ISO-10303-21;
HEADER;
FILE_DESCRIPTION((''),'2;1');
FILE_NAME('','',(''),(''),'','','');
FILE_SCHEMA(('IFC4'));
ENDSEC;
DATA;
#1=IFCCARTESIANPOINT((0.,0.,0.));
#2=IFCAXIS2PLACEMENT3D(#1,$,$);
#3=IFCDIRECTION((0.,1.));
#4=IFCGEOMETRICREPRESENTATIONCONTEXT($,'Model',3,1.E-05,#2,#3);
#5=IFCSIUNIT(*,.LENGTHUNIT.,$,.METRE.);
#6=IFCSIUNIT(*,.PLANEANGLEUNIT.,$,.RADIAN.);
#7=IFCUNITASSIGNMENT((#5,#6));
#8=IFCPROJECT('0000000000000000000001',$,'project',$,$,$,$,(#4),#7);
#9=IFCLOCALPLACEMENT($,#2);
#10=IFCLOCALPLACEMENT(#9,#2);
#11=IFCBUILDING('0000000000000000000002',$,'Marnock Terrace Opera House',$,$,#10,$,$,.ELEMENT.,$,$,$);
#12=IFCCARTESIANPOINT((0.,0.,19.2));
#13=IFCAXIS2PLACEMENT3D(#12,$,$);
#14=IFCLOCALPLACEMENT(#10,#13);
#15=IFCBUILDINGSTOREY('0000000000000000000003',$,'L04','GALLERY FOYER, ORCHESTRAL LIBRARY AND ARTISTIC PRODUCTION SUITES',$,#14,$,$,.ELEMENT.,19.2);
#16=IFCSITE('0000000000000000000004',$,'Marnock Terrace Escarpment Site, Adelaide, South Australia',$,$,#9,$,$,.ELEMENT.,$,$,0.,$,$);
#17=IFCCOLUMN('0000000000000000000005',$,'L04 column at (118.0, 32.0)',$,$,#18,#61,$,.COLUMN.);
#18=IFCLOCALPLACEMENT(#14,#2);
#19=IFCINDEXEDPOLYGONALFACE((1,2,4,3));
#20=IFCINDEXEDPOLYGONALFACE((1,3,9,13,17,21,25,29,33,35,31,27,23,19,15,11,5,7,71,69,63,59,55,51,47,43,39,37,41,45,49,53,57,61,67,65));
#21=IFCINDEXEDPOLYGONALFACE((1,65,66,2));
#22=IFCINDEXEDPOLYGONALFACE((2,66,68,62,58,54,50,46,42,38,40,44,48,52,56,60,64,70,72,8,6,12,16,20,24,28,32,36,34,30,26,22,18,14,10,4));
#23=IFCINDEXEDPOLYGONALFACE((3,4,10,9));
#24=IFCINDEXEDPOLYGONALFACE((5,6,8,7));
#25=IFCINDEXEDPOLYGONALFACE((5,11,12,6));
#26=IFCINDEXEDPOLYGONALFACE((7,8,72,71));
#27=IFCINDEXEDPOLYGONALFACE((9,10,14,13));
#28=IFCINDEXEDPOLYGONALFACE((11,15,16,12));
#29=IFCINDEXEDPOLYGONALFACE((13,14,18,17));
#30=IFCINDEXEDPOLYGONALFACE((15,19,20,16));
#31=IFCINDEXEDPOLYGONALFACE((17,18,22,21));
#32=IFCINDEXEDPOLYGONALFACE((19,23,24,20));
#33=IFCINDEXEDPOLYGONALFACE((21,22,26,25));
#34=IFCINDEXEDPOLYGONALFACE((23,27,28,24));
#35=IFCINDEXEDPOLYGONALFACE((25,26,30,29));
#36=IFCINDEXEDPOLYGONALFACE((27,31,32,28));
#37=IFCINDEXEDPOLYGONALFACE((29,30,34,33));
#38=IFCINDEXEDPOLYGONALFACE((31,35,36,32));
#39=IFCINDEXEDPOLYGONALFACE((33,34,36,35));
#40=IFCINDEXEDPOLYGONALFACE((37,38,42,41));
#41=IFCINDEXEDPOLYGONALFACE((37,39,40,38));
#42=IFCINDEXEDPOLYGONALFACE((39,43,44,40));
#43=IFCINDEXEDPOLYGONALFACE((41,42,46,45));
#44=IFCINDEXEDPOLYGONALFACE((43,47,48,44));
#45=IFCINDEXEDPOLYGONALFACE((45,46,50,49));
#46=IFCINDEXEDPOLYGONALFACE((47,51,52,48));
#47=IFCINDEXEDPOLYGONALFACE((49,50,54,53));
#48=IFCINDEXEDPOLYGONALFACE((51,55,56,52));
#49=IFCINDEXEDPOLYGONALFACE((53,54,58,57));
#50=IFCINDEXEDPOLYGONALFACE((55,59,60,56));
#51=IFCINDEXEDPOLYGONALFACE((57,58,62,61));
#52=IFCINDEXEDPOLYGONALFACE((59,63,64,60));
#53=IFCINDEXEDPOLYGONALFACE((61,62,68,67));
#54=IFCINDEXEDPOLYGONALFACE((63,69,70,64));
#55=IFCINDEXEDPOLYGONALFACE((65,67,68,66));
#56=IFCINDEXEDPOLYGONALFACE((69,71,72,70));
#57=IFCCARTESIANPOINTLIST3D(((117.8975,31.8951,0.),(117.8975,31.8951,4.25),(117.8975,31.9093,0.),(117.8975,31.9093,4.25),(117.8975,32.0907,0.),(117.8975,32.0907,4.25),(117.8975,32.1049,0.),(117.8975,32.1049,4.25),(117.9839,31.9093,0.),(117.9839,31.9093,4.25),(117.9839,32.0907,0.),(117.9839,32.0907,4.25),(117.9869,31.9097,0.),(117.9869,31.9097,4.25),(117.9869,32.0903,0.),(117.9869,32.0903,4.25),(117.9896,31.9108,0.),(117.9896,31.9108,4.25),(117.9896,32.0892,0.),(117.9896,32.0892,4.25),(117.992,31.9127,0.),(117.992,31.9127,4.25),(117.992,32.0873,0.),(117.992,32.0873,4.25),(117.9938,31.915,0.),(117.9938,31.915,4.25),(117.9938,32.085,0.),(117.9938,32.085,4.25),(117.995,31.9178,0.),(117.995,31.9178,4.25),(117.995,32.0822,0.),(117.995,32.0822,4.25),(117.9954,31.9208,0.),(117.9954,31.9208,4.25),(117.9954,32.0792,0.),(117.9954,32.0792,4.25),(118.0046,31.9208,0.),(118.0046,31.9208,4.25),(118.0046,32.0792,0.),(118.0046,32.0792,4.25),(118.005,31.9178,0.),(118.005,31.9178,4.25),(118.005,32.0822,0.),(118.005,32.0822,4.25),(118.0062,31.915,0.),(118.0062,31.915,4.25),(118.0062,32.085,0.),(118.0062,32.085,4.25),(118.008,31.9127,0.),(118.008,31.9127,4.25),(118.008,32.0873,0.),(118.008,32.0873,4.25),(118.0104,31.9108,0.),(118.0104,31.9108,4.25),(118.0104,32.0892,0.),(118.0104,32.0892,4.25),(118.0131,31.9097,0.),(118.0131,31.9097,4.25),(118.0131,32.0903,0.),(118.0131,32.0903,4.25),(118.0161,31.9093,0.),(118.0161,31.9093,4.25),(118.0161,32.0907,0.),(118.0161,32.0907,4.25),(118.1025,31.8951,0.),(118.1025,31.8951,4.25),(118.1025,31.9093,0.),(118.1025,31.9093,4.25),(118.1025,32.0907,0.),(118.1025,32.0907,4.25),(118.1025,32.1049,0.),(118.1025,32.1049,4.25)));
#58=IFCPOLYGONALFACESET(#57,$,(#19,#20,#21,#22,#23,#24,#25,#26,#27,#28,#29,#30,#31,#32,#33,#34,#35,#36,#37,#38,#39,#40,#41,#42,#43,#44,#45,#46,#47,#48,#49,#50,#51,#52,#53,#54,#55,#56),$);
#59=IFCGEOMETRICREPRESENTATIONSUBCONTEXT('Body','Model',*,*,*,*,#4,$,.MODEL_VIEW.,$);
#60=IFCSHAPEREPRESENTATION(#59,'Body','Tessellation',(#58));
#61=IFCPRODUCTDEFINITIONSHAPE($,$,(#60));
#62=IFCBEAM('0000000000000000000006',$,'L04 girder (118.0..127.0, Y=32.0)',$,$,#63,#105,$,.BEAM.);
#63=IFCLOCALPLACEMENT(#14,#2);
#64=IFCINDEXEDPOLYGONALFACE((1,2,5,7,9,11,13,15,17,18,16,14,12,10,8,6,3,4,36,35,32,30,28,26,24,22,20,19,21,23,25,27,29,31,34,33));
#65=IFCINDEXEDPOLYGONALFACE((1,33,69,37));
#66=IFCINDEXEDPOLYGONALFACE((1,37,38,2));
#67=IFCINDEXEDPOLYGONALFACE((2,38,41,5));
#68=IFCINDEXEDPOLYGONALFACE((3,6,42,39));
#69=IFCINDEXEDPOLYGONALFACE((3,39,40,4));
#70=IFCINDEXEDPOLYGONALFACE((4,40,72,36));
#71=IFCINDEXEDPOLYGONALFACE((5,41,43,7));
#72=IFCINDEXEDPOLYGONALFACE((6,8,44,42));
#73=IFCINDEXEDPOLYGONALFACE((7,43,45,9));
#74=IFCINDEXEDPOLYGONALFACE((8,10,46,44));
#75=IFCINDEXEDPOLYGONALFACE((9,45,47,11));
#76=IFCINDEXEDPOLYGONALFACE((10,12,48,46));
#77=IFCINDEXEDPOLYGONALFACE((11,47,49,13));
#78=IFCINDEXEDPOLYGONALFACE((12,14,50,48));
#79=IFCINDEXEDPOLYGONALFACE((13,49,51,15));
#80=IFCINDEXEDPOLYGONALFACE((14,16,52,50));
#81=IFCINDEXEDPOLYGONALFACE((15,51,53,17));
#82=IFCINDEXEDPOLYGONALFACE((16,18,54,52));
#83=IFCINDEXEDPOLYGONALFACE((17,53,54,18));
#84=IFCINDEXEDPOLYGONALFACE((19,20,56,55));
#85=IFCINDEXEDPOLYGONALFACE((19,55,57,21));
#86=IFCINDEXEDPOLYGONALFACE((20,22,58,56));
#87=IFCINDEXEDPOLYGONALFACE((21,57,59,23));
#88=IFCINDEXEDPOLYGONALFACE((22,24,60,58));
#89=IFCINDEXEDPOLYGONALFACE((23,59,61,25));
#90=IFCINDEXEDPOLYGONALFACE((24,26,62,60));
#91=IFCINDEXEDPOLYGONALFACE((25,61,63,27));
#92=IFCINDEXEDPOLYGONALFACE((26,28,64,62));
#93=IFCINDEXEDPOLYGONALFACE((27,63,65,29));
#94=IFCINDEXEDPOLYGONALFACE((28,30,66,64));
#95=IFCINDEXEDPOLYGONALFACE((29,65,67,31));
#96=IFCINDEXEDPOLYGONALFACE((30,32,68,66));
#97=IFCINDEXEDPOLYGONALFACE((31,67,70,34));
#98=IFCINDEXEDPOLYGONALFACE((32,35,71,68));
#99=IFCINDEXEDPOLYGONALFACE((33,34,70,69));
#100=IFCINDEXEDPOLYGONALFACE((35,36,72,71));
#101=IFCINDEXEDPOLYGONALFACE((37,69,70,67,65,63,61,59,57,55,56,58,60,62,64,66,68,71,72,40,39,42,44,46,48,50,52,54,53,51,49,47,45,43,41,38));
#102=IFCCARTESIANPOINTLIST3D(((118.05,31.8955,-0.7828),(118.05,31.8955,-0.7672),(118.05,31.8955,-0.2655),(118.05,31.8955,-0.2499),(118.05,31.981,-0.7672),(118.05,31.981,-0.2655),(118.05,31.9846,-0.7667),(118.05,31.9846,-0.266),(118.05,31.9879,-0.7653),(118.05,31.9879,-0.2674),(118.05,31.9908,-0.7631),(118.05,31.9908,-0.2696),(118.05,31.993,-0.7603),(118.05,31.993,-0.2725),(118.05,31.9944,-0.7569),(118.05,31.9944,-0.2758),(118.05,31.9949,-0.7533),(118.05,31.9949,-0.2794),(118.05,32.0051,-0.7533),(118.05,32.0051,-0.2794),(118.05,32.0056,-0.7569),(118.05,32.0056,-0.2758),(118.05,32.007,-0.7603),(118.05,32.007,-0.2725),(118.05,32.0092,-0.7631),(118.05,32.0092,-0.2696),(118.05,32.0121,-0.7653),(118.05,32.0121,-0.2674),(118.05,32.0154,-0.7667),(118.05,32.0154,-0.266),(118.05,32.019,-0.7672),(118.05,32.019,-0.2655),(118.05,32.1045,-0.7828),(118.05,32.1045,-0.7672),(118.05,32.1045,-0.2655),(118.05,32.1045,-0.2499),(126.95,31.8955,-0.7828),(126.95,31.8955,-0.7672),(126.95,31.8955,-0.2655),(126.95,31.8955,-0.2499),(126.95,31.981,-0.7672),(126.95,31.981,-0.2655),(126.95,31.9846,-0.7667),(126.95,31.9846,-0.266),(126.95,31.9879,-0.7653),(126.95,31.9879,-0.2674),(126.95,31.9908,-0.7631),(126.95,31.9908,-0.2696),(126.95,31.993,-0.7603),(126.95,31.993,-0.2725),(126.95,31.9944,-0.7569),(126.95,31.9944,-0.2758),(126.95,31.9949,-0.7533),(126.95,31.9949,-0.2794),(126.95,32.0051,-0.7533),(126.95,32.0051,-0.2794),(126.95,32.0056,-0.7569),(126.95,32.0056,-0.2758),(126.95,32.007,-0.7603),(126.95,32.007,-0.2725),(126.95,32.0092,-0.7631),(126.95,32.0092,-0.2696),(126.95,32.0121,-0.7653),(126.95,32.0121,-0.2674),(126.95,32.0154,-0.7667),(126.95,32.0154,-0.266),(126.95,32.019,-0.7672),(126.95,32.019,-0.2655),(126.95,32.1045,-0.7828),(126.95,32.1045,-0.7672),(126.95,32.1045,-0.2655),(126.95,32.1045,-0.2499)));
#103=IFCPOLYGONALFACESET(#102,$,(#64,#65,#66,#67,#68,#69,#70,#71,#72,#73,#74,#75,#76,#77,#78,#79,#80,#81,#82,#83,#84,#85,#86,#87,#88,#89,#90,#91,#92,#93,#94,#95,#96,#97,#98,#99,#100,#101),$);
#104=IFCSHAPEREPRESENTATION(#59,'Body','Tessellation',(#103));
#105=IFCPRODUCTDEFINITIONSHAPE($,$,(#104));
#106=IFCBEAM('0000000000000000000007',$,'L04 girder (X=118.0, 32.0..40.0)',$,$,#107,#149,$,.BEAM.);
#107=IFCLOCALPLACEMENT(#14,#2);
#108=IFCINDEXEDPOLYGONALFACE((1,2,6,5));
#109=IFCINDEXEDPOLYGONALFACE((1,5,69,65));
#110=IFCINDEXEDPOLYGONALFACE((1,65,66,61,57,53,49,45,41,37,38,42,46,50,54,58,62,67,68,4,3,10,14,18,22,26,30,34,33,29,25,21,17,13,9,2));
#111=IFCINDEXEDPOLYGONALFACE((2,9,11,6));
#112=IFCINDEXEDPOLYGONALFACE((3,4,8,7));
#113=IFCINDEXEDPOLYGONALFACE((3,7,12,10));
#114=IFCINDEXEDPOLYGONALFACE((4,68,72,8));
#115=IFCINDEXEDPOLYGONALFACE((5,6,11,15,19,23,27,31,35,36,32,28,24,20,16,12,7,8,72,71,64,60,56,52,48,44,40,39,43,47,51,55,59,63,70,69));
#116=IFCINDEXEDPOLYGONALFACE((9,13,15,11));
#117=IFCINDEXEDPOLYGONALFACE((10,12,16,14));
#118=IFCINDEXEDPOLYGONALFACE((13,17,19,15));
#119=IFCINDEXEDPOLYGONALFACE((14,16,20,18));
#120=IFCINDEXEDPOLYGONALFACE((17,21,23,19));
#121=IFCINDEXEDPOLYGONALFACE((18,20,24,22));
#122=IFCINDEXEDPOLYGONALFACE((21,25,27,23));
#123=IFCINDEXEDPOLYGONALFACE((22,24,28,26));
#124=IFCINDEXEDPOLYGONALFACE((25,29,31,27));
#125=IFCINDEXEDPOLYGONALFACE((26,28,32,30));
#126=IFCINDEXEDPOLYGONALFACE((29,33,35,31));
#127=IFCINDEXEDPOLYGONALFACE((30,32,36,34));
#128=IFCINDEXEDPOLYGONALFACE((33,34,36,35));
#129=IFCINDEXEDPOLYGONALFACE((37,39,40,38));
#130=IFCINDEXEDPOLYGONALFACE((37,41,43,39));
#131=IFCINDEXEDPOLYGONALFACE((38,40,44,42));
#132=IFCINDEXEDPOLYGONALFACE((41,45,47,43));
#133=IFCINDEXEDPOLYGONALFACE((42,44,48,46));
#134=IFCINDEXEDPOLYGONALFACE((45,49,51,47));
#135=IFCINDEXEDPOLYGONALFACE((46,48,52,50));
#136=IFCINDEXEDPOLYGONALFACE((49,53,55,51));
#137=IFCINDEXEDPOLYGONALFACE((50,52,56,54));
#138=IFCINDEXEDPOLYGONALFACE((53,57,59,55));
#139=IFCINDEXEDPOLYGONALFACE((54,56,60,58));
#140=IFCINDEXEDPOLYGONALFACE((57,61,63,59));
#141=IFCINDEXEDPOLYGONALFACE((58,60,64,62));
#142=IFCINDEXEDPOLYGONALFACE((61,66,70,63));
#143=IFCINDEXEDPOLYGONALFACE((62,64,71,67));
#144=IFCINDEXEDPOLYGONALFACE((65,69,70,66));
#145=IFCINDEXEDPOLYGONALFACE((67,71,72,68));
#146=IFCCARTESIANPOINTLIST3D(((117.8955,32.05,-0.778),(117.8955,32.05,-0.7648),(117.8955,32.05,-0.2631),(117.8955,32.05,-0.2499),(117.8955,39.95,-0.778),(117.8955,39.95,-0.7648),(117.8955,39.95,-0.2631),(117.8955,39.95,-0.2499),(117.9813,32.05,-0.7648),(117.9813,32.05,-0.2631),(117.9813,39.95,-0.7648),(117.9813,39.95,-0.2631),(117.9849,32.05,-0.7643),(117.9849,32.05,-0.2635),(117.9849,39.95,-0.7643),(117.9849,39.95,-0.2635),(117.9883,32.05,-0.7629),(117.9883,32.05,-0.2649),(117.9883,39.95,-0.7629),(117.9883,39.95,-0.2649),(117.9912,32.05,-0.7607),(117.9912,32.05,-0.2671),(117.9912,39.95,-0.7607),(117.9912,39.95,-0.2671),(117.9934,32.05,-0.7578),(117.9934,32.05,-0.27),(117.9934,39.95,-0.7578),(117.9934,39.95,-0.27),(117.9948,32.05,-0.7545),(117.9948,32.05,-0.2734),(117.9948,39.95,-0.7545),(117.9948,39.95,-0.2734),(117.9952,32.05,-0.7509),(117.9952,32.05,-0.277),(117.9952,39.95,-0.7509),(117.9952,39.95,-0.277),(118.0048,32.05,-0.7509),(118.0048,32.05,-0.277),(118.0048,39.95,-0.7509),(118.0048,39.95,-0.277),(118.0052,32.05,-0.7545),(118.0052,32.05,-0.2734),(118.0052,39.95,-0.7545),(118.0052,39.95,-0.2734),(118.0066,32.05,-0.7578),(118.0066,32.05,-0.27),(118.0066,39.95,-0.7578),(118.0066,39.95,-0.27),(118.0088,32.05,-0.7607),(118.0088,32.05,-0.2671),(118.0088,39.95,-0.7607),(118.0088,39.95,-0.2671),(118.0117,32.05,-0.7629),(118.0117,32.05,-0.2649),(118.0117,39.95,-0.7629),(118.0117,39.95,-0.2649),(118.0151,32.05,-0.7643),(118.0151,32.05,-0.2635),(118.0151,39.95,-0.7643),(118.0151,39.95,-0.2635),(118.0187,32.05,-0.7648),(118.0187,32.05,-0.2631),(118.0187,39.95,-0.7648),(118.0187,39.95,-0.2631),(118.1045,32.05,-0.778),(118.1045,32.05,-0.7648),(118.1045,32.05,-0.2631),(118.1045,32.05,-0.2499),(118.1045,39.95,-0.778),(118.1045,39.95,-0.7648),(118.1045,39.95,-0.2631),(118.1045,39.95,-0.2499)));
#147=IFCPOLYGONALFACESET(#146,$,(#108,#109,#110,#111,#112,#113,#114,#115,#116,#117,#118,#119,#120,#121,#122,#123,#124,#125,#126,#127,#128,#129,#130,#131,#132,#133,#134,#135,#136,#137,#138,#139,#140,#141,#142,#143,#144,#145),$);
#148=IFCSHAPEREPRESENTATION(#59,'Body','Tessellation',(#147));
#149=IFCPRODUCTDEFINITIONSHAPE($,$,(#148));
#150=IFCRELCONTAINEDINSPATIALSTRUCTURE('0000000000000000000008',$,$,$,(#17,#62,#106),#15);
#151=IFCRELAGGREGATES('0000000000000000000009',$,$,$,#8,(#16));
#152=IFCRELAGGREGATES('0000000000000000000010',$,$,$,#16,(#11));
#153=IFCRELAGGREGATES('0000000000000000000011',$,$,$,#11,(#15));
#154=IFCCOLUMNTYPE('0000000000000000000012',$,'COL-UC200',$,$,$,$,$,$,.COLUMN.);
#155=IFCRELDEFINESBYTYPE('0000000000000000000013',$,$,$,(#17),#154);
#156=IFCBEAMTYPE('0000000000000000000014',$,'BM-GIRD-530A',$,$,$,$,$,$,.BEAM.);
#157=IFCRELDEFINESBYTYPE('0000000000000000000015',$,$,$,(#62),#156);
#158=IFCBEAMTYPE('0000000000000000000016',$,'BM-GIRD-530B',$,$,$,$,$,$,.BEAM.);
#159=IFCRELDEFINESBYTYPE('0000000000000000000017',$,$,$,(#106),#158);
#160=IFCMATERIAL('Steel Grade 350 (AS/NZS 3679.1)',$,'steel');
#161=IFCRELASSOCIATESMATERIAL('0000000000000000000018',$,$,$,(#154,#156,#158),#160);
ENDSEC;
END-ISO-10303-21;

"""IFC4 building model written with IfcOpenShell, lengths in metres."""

from ifc_helpers import new_model, si_unit, direction, frame, origin, origin_2d, place, context, subcontext, project, spatial, i_section, extrude, material, material_profile, profile_set, type_object, element, save


model = new_model("IFC4")

# Units and contexts
model_context = context("Model", 3, precision=1e-05, world=origin(), true_north=direction((0.0, 1.0)))
body_context = subcontext(model_context, "Body", "Model", "MODEL_VIEW")
ifc_project = project(units=[si_unit("LENGTHUNIT", "METRE"), si_unit("PLANEANGLEUNIT", "RADIAN")], contexts=[model_context])

# Site, building, storey
site_placement = place(None, origin())
site = spatial("IfcSite", under=ifc_project, at=site_placement, Name="Marnock Terrace Escarpment Site, Adelaide, South Australia", CompositionType="ELEMENT", RefElevation=0.0)
building_placement = place(site_placement, origin())
building = spatial("IfcBuilding", under=site, at=building_placement, Name="Marnock Terrace Opera House", CompositionType="ELEMENT")
storey_placement = place(building_placement, frame((0.0, 0.0, 19.2)))
storey = spatial("IfcBuildingStorey", under=building, at=storey_placement, Name="L04", Description="GALLERY FOYER, ORCHESTRAL LIBRARY AND ARTISTIC PRODUCTION SUITES", CompositionType="ELEMENT", Elevation=19.2)

# Column
ifc_material_1 = material(Name="Steel Grade 350 (AS/NZS 3679.1)", Category="steel")
ifc_material_profile_1 = material_profile(ifc_material_1, i_section(OverallWidth=0.2051, OverallDepth=0.2097, WebThickness=0.0093, FlangeThickness=0.0142, FilletRadius=0.0115, at=origin_2d()))
ifc_profile_set_1 = profile_set([ifc_material_profile_1], Name="Steel Grade 350 (AS/NZS 3679.1)")
column_type = type_object("IfcColumnType", Name="COL-UC200", PredefinedType="COLUMN", material=ifc_profile_set_1)
column_placement = place(storey_placement, frame((118.0, 32.0, 0.0), z_axis=(0.0, 0.0, 1.0), x_axis=(1.0, 0.0, 0.0)))
element("IfcColumn", 1, at=column_placement, inside=storey, type_object=column_type, Name="L04 column at (118.0, 32.0)", PredefinedType="COLUMN", context=body_context, shape_type="SweptSolid", body=[
    extrude(i_section(OverallWidth=0.2051, OverallDepth=0.2097, WebThickness=0.0093, FlangeThickness=0.0142, FilletRadius=0.0115, at=origin_2d()), origin(), (0.0, 0.0, 1.0), 4.25),
])

# Beams
ifc_material_profile_2 = material_profile(ifc_material_1, i_section(OverallWidth=0.209, OverallDepth=0.533, WebThickness=0.0103, FlangeThickness=0.0156, FilletRadius=0.0139, at=origin_2d()))
ifc_profile_set_2 = profile_set([ifc_material_profile_2], Name="Steel Grade 350 (AS/NZS 3679.1)")
beam_type_1 = type_object("IfcBeamType", Name="BM-GIRD-530A", PredefinedType="BEAM", material=ifc_profile_set_2)
beam_1_placement = place(storey_placement, frame((118.05, 32.0, -0.5164), z_axis=(1.0, 0.0, 0.0), x_axis=(0.0, 1.0, 0.0)))
element("IfcBeam", 2, at=beam_1_placement, inside=storey, type_object=beam_type_1, Name="L04 girder (118.0..127.0, Y=32.0)", PredefinedType="BEAM", context=body_context, shape_type="SweptSolid", body=[
    extrude(i_section(OverallWidth=0.209, OverallDepth=0.533, WebThickness=0.0103, FlangeThickness=0.0156, FilletRadius=0.0139, at=origin_2d()), origin(), (0.0, 0.0, 1.0), 8.8999),
])
ifc_material_profile_3 = material_profile(ifc_material_1, i_section(OverallWidth=0.209, OverallDepth=0.5281, WebThickness=0.0095, FlangeThickness=0.0132, FilletRadius=0.0139, at=origin_2d()))
ifc_profile_set_3 = profile_set([ifc_material_profile_3], Name="Steel Grade 350 (AS/NZS 3679.1)")
beam_type_2 = type_object("IfcBeamType", Name="BM-GIRD-530B", PredefinedType="BEAM", material=ifc_profile_set_3)
beam_2_placement = place(storey_placement, frame((118.0, 32.05, -0.5139), z_axis=(0.0, 1.0, 0.0), x_axis=(-1.0, 0.0, 0.0)))
element("IfcBeam", 3, at=beam_2_placement, inside=storey, type_object=beam_type_2, Name="L04 girder (X=118.0, 32.0..40.0)", PredefinedType="BEAM", context=body_context, shape_type="SweptSolid", body=[
    extrude(i_section(OverallWidth=0.209, OverallDepth=0.5281, WebThickness=0.0095, FlangeThickness=0.0132, FilletRadius=0.0139, at=origin_2d()), origin(), (0.0, 0.0, 1.0), 7.8999),
])

save(model, "model.ifc")
